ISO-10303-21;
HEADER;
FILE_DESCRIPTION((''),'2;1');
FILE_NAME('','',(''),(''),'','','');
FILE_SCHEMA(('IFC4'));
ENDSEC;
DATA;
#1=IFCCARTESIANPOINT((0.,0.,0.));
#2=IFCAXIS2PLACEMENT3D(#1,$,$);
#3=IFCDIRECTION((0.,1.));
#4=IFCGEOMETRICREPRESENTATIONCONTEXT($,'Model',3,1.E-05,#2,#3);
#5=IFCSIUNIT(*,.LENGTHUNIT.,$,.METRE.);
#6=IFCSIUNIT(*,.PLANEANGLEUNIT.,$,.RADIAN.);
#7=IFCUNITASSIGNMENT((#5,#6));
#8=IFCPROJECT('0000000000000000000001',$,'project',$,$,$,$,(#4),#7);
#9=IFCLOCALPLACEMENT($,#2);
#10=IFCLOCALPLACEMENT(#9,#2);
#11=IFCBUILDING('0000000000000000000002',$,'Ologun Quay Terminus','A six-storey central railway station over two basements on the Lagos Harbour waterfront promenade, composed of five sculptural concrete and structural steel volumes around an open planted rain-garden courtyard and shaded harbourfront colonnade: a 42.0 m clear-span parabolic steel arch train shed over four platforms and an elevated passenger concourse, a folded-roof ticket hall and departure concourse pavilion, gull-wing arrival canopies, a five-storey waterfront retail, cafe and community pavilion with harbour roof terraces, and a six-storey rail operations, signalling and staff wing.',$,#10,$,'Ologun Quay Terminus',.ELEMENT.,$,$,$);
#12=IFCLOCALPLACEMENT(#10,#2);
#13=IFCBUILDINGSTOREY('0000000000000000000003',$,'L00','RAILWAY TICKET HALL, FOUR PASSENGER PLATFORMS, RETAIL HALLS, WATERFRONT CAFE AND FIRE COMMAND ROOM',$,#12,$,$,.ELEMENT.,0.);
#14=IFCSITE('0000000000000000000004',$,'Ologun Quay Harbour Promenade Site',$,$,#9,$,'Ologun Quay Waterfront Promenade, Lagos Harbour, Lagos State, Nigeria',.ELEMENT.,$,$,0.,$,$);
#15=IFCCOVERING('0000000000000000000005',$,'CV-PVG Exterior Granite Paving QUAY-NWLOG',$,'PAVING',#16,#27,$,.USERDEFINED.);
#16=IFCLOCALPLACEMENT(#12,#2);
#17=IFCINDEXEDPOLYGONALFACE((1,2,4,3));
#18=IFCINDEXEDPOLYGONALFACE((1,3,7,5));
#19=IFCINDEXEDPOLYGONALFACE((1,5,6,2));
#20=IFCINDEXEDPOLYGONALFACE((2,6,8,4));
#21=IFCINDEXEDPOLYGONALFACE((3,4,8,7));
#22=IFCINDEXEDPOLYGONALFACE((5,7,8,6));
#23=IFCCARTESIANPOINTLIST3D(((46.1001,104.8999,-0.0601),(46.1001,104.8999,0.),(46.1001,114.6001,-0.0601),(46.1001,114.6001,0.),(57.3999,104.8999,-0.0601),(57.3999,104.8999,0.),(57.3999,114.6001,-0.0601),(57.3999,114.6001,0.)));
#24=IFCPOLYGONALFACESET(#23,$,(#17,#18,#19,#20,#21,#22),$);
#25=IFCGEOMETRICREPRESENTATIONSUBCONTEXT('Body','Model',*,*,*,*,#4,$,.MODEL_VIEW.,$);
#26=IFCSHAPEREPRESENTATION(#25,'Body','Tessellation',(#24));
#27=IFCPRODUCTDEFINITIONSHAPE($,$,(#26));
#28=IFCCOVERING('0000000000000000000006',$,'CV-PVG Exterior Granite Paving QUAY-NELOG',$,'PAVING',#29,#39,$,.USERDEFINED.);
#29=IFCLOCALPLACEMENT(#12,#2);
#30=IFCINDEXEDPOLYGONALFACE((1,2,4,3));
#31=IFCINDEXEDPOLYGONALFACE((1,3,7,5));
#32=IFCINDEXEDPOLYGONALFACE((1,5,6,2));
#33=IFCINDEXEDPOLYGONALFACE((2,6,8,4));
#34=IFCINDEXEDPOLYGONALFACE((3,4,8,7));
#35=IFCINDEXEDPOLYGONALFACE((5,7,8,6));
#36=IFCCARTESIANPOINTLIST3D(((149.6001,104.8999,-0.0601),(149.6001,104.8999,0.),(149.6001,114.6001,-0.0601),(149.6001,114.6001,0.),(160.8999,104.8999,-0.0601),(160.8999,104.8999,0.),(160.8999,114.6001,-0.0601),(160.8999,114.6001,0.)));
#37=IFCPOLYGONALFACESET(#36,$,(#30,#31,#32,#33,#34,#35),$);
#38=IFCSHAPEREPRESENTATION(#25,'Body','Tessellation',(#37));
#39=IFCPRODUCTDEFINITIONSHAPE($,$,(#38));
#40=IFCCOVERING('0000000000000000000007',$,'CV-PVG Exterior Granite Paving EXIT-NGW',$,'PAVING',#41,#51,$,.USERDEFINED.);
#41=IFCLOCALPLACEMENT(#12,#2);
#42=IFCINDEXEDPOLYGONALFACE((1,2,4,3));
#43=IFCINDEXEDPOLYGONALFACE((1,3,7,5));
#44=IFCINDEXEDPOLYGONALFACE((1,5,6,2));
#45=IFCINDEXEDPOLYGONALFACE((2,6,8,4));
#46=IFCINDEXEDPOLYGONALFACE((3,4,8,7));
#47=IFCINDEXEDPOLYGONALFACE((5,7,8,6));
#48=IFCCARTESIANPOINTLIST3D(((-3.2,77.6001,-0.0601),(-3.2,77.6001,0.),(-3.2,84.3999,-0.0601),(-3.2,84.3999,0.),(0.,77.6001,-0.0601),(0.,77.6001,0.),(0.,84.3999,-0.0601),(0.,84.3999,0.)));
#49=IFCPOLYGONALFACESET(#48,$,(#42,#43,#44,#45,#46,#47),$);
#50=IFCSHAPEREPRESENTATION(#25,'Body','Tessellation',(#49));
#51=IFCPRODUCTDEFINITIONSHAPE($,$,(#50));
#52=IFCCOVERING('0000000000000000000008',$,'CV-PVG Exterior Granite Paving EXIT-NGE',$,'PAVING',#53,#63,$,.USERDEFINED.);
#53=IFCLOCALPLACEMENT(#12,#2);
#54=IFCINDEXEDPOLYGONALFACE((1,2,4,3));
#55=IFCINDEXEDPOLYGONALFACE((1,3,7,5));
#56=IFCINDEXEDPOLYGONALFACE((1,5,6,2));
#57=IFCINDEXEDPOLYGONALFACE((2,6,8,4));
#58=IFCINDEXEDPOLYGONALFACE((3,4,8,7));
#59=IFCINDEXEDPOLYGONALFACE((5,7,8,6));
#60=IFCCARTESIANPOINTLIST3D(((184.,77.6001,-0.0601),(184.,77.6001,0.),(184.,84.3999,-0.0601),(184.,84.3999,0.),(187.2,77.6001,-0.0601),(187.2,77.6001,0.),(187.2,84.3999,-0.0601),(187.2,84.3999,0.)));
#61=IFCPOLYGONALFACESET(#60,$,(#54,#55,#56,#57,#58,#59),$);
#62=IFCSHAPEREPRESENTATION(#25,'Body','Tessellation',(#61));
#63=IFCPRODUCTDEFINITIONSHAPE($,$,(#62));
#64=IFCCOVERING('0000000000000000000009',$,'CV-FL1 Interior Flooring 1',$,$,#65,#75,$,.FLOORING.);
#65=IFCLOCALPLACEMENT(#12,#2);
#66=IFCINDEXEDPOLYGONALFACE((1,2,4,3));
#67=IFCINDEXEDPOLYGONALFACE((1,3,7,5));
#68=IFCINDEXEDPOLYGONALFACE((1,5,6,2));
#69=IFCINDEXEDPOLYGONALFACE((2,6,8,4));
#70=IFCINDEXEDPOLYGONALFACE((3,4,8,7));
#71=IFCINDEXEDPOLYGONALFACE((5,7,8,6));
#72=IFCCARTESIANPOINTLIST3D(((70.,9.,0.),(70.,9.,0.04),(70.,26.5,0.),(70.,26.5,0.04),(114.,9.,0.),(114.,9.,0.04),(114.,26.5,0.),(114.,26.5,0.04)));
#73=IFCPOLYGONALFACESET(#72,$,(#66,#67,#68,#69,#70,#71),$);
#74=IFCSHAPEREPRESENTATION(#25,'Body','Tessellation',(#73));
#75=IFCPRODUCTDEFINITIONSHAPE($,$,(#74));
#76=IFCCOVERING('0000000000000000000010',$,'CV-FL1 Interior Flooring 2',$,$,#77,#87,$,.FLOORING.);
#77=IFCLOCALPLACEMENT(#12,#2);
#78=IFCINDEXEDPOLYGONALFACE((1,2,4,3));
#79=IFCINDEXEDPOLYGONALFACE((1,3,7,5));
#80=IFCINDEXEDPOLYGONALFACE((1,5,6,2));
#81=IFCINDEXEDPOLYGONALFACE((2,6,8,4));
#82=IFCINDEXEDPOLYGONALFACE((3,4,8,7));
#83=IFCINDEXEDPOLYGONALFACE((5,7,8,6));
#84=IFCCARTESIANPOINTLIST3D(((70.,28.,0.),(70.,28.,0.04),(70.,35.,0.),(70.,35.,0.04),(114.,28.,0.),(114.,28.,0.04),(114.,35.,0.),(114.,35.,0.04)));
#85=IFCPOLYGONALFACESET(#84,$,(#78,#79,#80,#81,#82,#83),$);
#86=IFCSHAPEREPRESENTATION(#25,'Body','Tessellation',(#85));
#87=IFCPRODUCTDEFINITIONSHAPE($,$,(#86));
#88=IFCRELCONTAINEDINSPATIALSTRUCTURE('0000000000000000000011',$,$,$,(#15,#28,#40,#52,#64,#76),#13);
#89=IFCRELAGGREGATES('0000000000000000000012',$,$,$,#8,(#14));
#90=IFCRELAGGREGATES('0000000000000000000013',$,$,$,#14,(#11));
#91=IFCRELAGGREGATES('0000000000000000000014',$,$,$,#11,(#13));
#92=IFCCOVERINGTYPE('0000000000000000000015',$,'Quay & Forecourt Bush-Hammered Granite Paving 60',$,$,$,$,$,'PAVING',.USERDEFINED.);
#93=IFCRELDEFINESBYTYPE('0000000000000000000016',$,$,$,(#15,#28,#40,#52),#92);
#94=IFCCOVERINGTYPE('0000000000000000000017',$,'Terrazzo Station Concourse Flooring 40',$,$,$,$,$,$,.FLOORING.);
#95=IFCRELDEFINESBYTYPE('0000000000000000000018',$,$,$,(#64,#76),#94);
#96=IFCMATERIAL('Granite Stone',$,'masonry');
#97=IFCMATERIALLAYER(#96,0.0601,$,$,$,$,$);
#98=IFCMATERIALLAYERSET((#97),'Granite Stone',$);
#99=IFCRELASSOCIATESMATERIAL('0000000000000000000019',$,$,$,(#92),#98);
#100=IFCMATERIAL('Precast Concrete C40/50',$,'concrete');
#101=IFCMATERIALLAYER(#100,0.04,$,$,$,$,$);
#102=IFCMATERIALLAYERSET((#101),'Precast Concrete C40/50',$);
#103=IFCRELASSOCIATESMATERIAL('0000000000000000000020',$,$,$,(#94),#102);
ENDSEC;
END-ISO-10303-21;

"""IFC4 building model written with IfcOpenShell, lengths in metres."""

from ifc_helpers import new_model, si_unit, direction, frame, origin, place, context, subcontext, project, spatial, polyline, outline, extrude, material, layer, layer_set, type_object, element, save


model = new_model("IFC4")

# Units and contexts
model_context = context("Model", 3, precision=1e-05, world=origin(), true_north=direction((0.0, 1.0)))
body_context = subcontext(model_context, "Body", "Model", "MODEL_VIEW")
ifc_project = project(units=[si_unit("LENGTHUNIT", "METRE"), si_unit("PLANEANGLEUNIT", "RADIAN")], contexts=[model_context])

# Site, building, storey
site_placement = place(None, origin())
site = spatial("IfcSite", under=ifc_project, at=site_placement, Name="Ologun Quay Harbour Promenade Site", LongName="Ologun Quay Waterfront Promenade, Lagos Harbour, Lagos State, Nigeria", CompositionType="ELEMENT", RefElevation=0.0)
building_placement = place(site_placement, origin())
building = spatial("IfcBuilding", under=site, at=building_placement, Name="Ologun Quay Terminus", Description="A six-storey central railway station over two basements on the Lagos Harbour waterfront promenade, composed of five sculptural concrete and structural steel volumes around an open planted rain-garden courtyard and shaded harbourfront colonnade: a 42.0 m clear-span parabolic steel arch train shed over four platforms and an elevated passenger concourse, a folded-roof ticket hall and departure concourse pavilion, gull-wing arrival canopies, a five-storey waterfront retail, cafe and community pavilion with harbour roof terraces, and a six-storey rail operations, signalling and staff wing.", LongName="Ologun Quay Terminus", CompositionType="ELEMENT")
storey_placement = place(building_placement, origin())
storey = spatial("IfcBuildingStorey", under=building, at=storey_placement, Name="L00", Description="RAILWAY TICKET HALL, FOUR PASSENGER PLATFORMS, RETAIL HALLS, WATERFRONT CAFE AND FIRE COMMAND ROOM", CompositionType="ELEMENT", Elevation=0.0)

# Coverings
ifc_material_1 = material(Name="Granite Stone", Category="masonry")
ifc_layer_1 = layer(ifc_material_1, 0.0601)
ifc_layer_set_1 = layer_set([ifc_layer_1], Name="Granite Stone")
covering_type_1 = type_object("IfcCoveringType", Name="Quay & Forecourt Bush-Hammered Granite Paving 60", ElementType="PAVING", PredefinedType="USERDEFINED", material=ifc_layer_set_1)
covering_1_placement = place(storey_placement, frame((0.0, 0.0, -0.0601)))
element("IfcCovering", 1, at=covering_1_placement, inside=storey, type_object=covering_type_1, Name="CV-PVG Exterior Granite Paving QUAY-NWLOG", ObjectType="PAVING", PredefinedType="USERDEFINED", context=body_context, shape_type="SweptSolid", body=[
    extrude(outline(polyline([(46.1001, 104.8999), (57.3999, 104.8999), (57.3999, 114.6001), (46.1001, 114.6001), (46.1001, 104.8999)])), origin(), (0.0, 0.0, 1.0), 0.0601),
])
covering_2_placement = place(storey_placement, frame((0.0, 0.0, -0.0601)))
element("IfcCovering", 2, at=covering_2_placement, inside=storey, type_object=covering_type_1, Name="CV-PVG Exterior Granite Paving QUAY-NELOG", ObjectType="PAVING", PredefinedType="USERDEFINED", context=body_context, shape_type="SweptSolid", body=[
    extrude(outline(polyline([(149.6001, 104.8999), (160.8999, 104.8999), (160.8999, 114.6001), (149.6001, 114.6001), (149.6001, 104.8999)])), origin(), (0.0, 0.0, 1.0), 0.0601),
])
covering_3_placement = place(storey_placement, frame((0.0, 0.0, -0.0601)))
element("IfcCovering", 3, at=covering_3_placement, inside=storey, type_object=covering_type_1, Name="CV-PVG Exterior Granite Paving EXIT-NGW", ObjectType="PAVING", PredefinedType="USERDEFINED", context=body_context, shape_type="SweptSolid", body=[
    extrude(outline(polyline([(-3.2, 77.6001), (0.0, 77.6001), (0.0, 84.3999), (-3.2, 84.3999), (-3.2, 77.6001)])), origin(), (0.0, 0.0, 1.0), 0.0601),
])
covering_4_placement = place(storey_placement, frame((0.0, 0.0, -0.0601)))
element("IfcCovering", 4, at=covering_4_placement, inside=storey, type_object=covering_type_1, Name="CV-PVG Exterior Granite Paving EXIT-NGE", ObjectType="PAVING", PredefinedType="USERDEFINED", context=body_context, shape_type="SweptSolid", body=[
    extrude(outline(polyline([(184.0, 77.6001), (187.2, 77.6001), (187.2, 84.3999), (184.0, 84.3999), (184.0, 77.6001)])), origin(), (0.0, 0.0, 1.0), 0.0601),
])
ifc_material_2 = material(Name="Precast Concrete C40/50", Category="concrete")
ifc_layer_2 = layer(ifc_material_2, 0.04)
ifc_layer_set_2 = layer_set([ifc_layer_2], Name="Precast Concrete C40/50")
covering_type_2 = type_object("IfcCoveringType", Name="Terrazzo Station Concourse Flooring 40", PredefinedType="FLOORING", material=ifc_layer_set_2)
covering_5_placement = place(storey_placement, origin())
element("IfcCovering", 5, at=covering_5_placement, inside=storey, type_object=covering_type_2, Name="CV-FL1 Interior Flooring 1", PredefinedType="FLOORING", context=body_context, shape_type="SweptSolid", body=[
    extrude(outline(polyline([(70.0, 9.0), (114.0, 9.0), (114.0, 26.5), (70.0, 26.5), (70.0, 9.0)])), origin(), (0.0, 0.0, 1.0), 0.04),
])
covering_6_placement = place(storey_placement, origin())
element("IfcCovering", 6, at=covering_6_placement, inside=storey, type_object=covering_type_2, Name="CV-FL1 Interior Flooring 2", PredefinedType="FLOORING", context=body_context, shape_type="SweptSolid", body=[
    extrude(outline(polyline([(70.0, 28.0), (114.0, 28.0), (114.0, 35.0), (70.0, 35.0), (70.0, 28.0)])), origin(), (0.0, 0.0, 1.0), 0.04),
])

save(model, "model.ifc")
